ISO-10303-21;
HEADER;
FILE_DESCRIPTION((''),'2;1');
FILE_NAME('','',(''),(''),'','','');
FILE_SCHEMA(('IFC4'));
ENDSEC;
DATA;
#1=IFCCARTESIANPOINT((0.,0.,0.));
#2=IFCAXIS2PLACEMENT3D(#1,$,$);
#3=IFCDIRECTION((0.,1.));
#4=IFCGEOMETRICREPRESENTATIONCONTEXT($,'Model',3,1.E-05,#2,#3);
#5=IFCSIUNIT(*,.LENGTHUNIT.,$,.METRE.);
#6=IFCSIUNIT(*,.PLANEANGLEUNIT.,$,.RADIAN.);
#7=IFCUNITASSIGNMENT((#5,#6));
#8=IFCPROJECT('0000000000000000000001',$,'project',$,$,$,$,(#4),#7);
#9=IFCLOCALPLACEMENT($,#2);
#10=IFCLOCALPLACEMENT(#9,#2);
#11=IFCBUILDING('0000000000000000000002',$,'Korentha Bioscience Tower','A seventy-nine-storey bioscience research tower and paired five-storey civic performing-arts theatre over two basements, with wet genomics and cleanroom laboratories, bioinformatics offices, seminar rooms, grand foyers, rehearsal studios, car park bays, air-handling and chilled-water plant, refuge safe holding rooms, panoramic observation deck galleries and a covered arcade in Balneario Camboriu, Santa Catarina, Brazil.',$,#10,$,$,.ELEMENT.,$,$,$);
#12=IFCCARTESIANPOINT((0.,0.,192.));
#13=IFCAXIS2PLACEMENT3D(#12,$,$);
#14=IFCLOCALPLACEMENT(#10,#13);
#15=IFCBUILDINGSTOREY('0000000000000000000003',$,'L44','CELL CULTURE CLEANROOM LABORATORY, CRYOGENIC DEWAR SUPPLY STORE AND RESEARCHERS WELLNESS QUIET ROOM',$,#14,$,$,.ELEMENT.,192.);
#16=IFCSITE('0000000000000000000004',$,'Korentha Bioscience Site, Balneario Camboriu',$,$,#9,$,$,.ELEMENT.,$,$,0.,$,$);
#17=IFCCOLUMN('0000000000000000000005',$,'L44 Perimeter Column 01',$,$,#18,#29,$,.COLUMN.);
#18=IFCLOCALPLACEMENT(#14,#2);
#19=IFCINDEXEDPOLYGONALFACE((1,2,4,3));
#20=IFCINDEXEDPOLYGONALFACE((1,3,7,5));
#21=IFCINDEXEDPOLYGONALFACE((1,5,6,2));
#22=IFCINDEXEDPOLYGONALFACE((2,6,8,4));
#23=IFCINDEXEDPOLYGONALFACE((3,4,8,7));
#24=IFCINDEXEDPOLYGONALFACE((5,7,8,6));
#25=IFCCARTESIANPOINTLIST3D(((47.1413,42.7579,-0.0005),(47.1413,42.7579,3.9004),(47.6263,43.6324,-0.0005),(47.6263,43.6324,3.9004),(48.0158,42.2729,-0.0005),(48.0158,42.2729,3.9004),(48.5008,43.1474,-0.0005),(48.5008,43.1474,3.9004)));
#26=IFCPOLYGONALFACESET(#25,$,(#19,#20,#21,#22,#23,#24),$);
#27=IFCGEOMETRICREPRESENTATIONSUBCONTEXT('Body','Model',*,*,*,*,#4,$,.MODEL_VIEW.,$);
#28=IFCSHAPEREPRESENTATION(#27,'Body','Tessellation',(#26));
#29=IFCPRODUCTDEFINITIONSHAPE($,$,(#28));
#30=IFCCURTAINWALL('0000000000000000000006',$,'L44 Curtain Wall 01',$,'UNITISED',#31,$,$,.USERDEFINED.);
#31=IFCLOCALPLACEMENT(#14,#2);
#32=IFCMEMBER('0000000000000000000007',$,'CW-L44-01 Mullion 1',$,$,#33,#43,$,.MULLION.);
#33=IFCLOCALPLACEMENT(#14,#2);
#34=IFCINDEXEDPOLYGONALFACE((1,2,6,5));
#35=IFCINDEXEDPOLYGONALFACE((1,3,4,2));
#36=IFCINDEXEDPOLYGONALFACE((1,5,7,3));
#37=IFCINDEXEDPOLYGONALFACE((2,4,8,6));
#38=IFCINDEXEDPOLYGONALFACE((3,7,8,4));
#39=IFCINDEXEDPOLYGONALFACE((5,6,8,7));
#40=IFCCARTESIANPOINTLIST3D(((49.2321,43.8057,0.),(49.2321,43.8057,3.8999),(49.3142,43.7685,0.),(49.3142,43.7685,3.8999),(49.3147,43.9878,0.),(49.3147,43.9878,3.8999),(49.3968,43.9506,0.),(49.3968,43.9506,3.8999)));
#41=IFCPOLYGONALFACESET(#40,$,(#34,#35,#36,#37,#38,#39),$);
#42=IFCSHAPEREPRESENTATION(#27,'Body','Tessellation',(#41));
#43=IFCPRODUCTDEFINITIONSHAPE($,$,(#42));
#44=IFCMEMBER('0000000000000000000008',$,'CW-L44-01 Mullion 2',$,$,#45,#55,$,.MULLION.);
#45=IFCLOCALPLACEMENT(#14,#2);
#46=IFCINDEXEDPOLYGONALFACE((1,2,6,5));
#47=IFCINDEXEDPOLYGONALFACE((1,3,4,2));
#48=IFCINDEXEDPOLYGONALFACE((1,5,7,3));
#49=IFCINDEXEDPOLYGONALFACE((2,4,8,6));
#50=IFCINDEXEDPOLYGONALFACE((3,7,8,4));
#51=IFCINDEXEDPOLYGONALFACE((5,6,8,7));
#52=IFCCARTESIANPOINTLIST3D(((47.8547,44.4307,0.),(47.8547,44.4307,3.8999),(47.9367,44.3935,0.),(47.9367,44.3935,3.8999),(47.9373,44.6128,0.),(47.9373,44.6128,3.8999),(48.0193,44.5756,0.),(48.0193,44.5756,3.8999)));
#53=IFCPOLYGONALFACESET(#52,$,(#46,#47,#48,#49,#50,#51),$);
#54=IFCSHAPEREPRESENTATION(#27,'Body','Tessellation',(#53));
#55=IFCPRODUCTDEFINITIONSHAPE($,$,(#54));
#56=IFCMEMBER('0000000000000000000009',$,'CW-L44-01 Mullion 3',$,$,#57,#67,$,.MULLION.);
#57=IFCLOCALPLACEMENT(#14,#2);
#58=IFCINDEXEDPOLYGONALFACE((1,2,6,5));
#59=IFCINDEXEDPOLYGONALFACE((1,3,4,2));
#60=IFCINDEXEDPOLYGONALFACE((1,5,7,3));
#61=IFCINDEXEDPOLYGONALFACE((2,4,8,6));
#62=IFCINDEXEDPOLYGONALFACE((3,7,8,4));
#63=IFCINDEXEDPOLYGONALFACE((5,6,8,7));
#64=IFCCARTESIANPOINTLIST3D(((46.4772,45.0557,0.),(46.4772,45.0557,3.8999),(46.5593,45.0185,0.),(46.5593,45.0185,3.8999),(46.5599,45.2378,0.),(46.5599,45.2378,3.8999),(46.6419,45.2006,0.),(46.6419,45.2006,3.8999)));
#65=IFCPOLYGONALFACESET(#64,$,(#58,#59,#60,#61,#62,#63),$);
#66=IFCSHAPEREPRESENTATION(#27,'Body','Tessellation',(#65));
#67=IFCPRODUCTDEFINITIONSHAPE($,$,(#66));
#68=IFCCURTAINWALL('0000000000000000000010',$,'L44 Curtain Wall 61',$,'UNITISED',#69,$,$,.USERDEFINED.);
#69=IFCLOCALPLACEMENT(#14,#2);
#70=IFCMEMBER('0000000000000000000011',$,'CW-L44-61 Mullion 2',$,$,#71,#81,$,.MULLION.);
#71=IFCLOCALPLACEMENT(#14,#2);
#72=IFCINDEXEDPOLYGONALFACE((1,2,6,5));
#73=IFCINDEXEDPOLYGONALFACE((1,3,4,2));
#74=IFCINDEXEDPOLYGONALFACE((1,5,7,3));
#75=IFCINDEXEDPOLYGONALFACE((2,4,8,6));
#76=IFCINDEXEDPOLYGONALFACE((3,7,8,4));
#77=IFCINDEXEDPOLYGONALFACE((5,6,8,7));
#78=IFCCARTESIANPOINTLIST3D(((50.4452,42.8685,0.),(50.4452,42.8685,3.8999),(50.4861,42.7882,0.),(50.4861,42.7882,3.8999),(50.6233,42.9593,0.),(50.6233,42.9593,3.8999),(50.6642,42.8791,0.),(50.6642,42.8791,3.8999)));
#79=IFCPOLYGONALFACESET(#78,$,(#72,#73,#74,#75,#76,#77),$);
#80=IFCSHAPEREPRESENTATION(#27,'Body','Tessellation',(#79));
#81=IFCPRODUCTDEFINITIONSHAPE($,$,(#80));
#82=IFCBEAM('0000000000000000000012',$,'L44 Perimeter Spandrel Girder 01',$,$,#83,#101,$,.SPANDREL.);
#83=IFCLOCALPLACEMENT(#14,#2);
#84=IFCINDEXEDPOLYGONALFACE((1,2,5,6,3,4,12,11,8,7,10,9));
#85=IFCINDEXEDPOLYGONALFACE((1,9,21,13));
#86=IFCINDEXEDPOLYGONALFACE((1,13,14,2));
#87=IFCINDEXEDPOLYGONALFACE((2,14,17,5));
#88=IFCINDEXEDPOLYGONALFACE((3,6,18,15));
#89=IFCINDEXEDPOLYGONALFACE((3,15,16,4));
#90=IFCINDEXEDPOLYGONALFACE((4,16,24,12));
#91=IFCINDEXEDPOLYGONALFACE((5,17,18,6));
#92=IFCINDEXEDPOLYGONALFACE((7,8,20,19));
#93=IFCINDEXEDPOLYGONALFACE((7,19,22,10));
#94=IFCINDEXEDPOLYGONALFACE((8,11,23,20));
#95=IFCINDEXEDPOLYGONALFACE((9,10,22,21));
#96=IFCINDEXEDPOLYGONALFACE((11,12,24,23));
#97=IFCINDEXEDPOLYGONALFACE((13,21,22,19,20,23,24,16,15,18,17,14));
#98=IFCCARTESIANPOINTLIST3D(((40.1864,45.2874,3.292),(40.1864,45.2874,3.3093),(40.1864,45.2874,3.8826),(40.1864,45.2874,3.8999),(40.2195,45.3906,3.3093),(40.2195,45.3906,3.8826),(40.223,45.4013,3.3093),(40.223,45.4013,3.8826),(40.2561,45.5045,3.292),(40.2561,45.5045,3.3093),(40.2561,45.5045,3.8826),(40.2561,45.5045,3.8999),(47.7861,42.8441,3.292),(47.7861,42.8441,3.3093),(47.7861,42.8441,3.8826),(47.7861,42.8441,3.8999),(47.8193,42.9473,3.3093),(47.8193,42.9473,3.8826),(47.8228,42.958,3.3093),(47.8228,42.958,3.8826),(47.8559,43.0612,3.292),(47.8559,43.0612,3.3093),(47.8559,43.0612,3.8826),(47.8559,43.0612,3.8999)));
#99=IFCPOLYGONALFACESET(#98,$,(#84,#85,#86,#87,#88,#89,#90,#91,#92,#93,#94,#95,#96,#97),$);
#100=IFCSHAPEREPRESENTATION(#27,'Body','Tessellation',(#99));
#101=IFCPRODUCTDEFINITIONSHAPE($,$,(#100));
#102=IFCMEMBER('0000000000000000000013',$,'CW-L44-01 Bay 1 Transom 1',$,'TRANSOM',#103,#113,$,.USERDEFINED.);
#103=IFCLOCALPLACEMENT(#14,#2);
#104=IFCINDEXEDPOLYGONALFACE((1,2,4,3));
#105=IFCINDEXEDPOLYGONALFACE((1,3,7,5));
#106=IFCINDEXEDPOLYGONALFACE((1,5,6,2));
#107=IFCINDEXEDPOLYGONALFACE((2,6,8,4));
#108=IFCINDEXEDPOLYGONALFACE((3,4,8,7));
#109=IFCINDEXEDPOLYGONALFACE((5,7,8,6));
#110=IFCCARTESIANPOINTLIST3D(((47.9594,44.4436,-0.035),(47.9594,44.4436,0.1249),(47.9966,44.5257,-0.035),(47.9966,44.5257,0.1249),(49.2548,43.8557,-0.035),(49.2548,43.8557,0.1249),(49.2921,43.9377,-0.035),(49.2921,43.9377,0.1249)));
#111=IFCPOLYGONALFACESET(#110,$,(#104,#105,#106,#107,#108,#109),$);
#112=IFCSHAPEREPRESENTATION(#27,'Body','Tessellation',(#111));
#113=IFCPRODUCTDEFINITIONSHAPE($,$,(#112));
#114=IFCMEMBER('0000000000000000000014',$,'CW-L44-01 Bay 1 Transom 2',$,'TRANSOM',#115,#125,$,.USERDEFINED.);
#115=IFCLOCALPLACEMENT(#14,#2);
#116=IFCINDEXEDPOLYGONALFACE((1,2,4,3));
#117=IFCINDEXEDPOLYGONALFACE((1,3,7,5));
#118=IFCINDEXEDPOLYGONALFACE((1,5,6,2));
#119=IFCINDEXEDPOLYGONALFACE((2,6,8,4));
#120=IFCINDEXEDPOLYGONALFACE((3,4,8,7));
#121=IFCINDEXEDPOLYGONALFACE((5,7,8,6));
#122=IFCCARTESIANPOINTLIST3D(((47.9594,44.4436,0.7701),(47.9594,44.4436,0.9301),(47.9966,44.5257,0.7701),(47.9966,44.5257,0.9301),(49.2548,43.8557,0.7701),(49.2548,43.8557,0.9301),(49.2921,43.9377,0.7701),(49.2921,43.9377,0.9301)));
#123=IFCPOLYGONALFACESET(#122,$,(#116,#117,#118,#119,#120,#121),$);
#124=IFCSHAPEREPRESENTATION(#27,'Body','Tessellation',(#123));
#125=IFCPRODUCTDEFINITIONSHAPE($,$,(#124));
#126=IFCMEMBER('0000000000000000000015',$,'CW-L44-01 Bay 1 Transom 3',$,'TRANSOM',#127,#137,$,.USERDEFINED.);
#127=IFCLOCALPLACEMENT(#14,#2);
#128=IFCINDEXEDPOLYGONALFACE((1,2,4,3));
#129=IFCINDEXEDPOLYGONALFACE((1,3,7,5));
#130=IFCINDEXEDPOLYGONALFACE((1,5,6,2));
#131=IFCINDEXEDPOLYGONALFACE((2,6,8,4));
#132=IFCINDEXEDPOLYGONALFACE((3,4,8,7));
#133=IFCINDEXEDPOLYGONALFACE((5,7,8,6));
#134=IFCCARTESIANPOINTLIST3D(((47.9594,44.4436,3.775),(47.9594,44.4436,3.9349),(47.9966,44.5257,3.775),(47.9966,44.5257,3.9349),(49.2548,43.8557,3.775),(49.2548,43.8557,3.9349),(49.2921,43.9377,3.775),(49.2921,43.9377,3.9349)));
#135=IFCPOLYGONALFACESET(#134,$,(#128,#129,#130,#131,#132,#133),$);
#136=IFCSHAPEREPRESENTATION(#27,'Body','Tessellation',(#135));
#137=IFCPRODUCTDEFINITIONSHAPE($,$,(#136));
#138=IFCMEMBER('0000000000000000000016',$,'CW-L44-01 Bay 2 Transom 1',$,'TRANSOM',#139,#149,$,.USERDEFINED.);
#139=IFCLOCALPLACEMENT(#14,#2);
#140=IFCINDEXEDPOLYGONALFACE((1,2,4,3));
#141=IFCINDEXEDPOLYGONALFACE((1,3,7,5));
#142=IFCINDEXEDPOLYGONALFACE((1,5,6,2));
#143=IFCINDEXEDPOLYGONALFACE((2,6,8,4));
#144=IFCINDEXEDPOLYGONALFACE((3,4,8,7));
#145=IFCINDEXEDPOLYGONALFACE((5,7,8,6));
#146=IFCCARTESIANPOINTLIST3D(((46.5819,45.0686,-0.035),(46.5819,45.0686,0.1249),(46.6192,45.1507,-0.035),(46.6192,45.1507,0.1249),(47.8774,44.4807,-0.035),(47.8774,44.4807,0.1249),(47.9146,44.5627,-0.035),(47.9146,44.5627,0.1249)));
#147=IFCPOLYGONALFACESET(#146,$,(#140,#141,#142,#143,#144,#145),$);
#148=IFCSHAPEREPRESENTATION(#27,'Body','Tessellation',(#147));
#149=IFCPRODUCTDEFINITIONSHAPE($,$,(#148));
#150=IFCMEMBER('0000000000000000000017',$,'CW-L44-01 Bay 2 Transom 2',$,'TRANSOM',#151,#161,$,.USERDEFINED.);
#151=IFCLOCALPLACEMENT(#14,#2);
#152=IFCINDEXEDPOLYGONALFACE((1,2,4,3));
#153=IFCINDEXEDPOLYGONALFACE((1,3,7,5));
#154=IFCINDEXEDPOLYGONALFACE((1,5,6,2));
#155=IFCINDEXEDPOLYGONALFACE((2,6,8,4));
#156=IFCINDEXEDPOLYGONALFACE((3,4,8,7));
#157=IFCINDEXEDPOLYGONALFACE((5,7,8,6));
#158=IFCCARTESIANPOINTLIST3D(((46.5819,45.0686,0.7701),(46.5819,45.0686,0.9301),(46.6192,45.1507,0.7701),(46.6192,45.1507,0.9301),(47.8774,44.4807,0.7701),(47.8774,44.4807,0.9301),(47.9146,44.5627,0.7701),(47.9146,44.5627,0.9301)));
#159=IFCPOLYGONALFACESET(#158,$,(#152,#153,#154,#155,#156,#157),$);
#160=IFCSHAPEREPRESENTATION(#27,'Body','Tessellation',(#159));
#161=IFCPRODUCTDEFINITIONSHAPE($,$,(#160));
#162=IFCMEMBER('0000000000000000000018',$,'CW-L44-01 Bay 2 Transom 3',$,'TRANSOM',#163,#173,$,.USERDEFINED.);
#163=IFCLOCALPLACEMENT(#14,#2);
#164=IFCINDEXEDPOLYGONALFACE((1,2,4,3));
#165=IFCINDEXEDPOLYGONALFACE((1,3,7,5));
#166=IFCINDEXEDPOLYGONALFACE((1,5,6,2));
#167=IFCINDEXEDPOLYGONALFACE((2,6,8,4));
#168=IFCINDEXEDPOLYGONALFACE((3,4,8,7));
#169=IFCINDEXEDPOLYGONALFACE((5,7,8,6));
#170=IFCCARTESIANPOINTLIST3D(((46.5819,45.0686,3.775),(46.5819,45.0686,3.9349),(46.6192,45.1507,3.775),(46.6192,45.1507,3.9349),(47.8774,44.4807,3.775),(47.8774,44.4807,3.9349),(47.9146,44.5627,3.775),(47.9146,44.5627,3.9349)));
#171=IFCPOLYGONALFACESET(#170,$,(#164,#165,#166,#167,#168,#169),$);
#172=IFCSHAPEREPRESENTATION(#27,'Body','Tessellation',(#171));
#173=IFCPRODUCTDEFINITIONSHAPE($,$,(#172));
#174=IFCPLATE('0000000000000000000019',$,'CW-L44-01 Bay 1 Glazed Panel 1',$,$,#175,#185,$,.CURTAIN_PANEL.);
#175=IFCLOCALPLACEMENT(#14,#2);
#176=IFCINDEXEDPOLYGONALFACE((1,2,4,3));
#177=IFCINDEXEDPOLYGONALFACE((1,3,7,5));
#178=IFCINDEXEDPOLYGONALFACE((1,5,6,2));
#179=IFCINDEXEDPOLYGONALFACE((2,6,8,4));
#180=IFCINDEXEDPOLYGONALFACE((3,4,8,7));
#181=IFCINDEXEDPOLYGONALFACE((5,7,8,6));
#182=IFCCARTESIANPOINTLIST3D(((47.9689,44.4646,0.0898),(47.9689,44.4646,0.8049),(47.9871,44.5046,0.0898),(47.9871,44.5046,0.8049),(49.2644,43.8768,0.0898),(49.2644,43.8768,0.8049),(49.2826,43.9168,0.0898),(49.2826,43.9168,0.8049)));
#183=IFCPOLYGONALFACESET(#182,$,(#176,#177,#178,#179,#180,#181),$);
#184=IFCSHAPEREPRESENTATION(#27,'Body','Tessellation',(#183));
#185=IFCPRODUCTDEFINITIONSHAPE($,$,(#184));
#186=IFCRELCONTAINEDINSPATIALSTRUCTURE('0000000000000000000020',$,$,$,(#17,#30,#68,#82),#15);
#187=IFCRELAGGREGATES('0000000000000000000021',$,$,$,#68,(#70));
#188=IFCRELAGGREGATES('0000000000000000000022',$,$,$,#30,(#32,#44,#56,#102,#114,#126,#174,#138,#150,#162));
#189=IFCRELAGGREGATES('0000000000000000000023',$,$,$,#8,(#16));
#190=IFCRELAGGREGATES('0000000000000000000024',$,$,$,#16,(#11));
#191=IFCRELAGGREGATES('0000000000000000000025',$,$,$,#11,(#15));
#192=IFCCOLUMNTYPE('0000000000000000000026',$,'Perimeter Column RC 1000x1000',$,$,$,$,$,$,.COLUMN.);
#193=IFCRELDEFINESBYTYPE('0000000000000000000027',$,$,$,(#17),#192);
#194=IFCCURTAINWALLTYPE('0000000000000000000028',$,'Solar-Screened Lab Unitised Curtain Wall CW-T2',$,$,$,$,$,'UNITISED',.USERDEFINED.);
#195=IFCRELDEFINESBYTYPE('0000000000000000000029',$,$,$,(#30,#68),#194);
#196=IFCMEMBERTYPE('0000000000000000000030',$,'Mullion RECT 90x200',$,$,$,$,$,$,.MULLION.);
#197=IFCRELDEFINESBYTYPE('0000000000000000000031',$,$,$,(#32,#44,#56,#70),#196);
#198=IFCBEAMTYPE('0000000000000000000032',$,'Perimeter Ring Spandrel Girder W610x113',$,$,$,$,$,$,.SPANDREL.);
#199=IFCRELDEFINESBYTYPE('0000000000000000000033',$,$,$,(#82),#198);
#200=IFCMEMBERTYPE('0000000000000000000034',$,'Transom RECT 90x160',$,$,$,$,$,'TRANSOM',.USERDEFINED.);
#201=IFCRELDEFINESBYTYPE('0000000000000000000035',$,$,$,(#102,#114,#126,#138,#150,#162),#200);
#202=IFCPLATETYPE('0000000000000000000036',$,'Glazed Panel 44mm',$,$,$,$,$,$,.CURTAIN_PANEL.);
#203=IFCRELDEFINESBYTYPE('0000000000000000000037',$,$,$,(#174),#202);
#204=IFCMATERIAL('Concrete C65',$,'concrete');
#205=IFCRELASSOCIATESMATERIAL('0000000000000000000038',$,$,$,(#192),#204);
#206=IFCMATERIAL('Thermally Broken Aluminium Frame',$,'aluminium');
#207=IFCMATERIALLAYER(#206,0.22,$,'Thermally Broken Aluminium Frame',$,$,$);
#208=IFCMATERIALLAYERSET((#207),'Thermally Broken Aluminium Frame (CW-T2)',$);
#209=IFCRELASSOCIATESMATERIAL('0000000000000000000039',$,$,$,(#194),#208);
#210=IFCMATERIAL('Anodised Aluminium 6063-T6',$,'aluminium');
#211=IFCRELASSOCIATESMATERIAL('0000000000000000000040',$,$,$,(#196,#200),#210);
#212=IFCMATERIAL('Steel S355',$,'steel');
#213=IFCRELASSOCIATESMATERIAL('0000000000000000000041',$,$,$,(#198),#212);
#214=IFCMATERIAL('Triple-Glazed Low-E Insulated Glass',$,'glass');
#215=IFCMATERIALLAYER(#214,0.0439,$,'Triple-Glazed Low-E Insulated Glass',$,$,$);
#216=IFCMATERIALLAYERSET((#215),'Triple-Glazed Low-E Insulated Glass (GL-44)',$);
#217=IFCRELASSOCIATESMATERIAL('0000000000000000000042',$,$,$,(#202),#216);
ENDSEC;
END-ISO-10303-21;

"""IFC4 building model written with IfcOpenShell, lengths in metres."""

from ifc_helpers import new_model, si_unit, direction, frame, origin, origin_2d, place, context, subcontext, project, spatial, rectangle, i_section, extrude, material, layer, layer_set, material_profile, profile_set, type_object, element, aggregate, save


model = new_model("IFC4")

# Units and contexts
model_context = context("Model", 3, precision=1e-05, world=origin(), true_north=direction((0.0, 1.0)))
body_context = subcontext(model_context, "Body", "Model", "MODEL_VIEW")
ifc_project = project(units=[si_unit("LENGTHUNIT", "METRE"), si_unit("PLANEANGLEUNIT", "RADIAN")], contexts=[model_context])

# Site, building, storey
site_placement = place(None, origin())
site = spatial("IfcSite", under=ifc_project, at=site_placement, Name="Korentha Bioscience Site, Balneario Camboriu", CompositionType="ELEMENT", RefElevation=0.0)
building_placement = place(site_placement, origin())
building = spatial("IfcBuilding", under=site, at=building_placement, Name="Korentha Bioscience Tower", Description="A seventy-nine-storey bioscience research tower and paired five-storey civic performing-arts theatre over two basements, with wet genomics and cleanroom laboratories, bioinformatics offices, seminar rooms, grand foyers, rehearsal studios, car park bays, air-handling and chilled-water plant, refuge safe holding rooms, panoramic observation deck galleries and a covered arcade in Balneario Camboriu, Santa Catarina, Brazil.", CompositionType="ELEMENT")
storey_placement = place(building_placement, frame((0.0, 0.0, 192.0)))
storey = spatial("IfcBuildingStorey", under=building, at=storey_placement, Name="L44", Description="CELL CULTURE CLEANROOM LABORATORY, CRYOGENIC DEWAR SUPPLY STORE AND RESEARCHERS WELLNESS QUIET ROOM", CompositionType="ELEMENT", Elevation=192.0)

# Column
ifc_material_1 = material(Name="Concrete C65", Category="concrete")
ifc_material_profile_1 = material_profile(ifc_material_1, rectangle(XDim=1.0, YDim=1.0, at=origin_2d()), Name="Concrete C65")
ifc_profile_set_1 = profile_set([ifc_material_profile_1], Name="Concrete C65 (COL-P10)")
column_type = type_object("IfcColumnType", Name="Perimeter Column RC 1000x1000", PredefinedType="COLUMN", material=ifc_profile_set_1)
column_placement = place(storey_placement, frame((47.821, 42.9526, -0.0005), z_axis=(0.0, 0.0, 1.0), x_axis=(-0.874535, 0.484962, 0.0)))
element("IfcColumn", 1, at=column_placement, inside=storey, type_object=column_type, Name="L44 Perimeter Column 01", PredefinedType="COLUMN", context=body_context, shape_type="SweptSolid", body=[
    extrude(rectangle(XDim=1.0, YDim=1.0, at=origin_2d()), origin(), (0.0, 0.0, 1.0), 3.9009),
])

# Curtain wall, members
ifc_material_2 = material(Name="Thermally Broken Aluminium Frame", Category="aluminium")
ifc_layer_1 = layer(ifc_material_2, 0.22, Name="Thermally Broken Aluminium Frame")
ifc_layer_set_1 = layer_set([ifc_layer_1], Name="Thermally Broken Aluminium Frame (CW-T2)")
curtain_wall_type = type_object("IfcCurtainWallType", Name="Solar-Screened Lab Unitised Curtain Wall CW-T2", ElementType="UNITISED", PredefinedType="USERDEFINED", material=ifc_layer_set_1)
curtain_wall_1_placement = place(storey_placement, origin())
curtain_wall_1 = element("IfcCurtainWall", 2, at=curtain_wall_1_placement, inside=storey, type_object=curtain_wall_type, Name="L44 Curtain Wall 01", ObjectType="UNITISED", PredefinedType="USERDEFINED")
ifc_material_3 = material(Name="Anodised Aluminium 6063-T6", Category="aluminium")
ifc_material_profile_2 = material_profile(ifc_material_3, rectangle(XDim=0.0901, YDim=0.2, at=origin_2d()), Name="Anodised Aluminium 6063-T6")
ifc_profile_set_2 = profile_set([ifc_material_profile_2], Name="Anodised Aluminium 6063-T6 (CW-MUL)")
member_type_1 = type_object("IfcMemberType", Name="Mullion RECT 90x200", PredefinedType="MULLION", material=ifc_profile_set_2)
member_1_placement = place(storey_placement, frame((49.3145, 43.8782, 0.0), z_axis=(0.0, 0.0, 1.0), x_axis=(-0.910644, 0.413191, 0.0)))
member_1 = element("IfcMember", 3, at=member_1_placement, type_object=member_type_1, Name="CW-L44-01 Mullion 1", PredefinedType="MULLION", context=body_context, shape_type="SweptSolid", body=[
    extrude(rectangle(XDim=0.0901, YDim=0.2, at=origin_2d()), origin(), (0.0, 0.0, 1.0), 3.8999),
])
member_2_placement = place(storey_placement, frame((47.937, 44.5032, 0.0), z_axis=(0.0, 0.0, 1.0), x_axis=(-0.910644, 0.413191, 0.0)))
member_2 = element("IfcMember", 4, at=member_2_placement, type_object=member_type_1, Name="CW-L44-01 Mullion 2", PredefinedType="MULLION", context=body_context, shape_type="SweptSolid", body=[
    extrude(rectangle(XDim=0.0901, YDim=0.2, at=origin_2d()), origin(), (0.0, 0.0, 1.0), 3.8999),
])
member_3_placement = place(storey_placement, frame((46.5596, 45.1282, 0.0), z_axis=(0.0, 0.0, 1.0), x_axis=(-0.910644, 0.413191, 0.0)))
member_3 = element("IfcMember", 5, at=member_3_placement, type_object=member_type_1, Name="CW-L44-01 Mullion 3", PredefinedType="MULLION", context=body_context, shape_type="SweptSolid", body=[
    extrude(rectangle(XDim=0.0901, YDim=0.2, at=origin_2d()), origin(), (0.0, 0.0, 1.0), 3.8999),
])

# Curtain wall, member
curtain_wall_2_placement = place(storey_placement, origin())
curtain_wall_2 = element("IfcCurtainWall", 6, at=curtain_wall_2_placement, inside=storey, type_object=curtain_wall_type, Name="L44 Curtain Wall 61", ObjectType="UNITISED", PredefinedType="USERDEFINED")
member_4_placement = place(storey_placement, frame((50.5547, 42.8738, 0.0), z_axis=(0.0, 0.0, 1.0), x_axis=(-0.454288, 0.890855, 0.0)))
member_4 = element("IfcMember", 7, at=member_4_placement, type_object=member_type_1, Name="CW-L44-61 Mullion 2", PredefinedType="MULLION", context=body_context, shape_type="SweptSolid", body=[
    extrude(rectangle(XDim=0.0901, YDim=0.2, at=origin_2d()), origin(), (0.0, 0.0, 1.0), 3.8999),
])
aggregate(curtain_wall_2, [member_4])

# Beam
ifc_material_4 = material(Name="Steel S355", Category="steel")
ifc_material_profile_3 = material_profile(ifc_material_4, i_section(OverallWidth=0.228, OverallDepth=0.6079, WebThickness=0.0112, FlangeThickness=0.0173, at=origin_2d()), Name="Steel S355")
ifc_profile_set_3 = profile_set([ifc_material_profile_3], Name="Steel S355 (SB-610)")
beam_type = type_object("IfcBeamType", Name="Perimeter Ring Spandrel Girder W610x113", PredefinedType="SPANDREL", material=ifc_profile_set_3)
beam_placement = place(storey_placement, frame((47.821, 42.9526, 3.5959), z_axis=(-0.952009, 0.306072, 0.0), x_axis=(-0.306072, -0.952009, 0.0)))
element("IfcBeam", 8, at=beam_placement, inside=storey, type_object=beam_type, Name="L44 Perimeter Spandrel Girder 01", PredefinedType="SPANDREL", context=body_context, shape_type="SweptSolid", body=[
    extrude(i_section(OverallWidth=0.228, OverallDepth=0.6079, WebThickness=0.0112, FlangeThickness=0.0173, at=origin_2d()), origin(), (0.0, 0.0, 1.0), 7.9829),
])

# Members
ifc_material_profile_4 = material_profile(ifc_material_3, rectangle(XDim=0.0901, YDim=0.1599, at=origin_2d()), Name="Anodised Aluminium 6063-T6")
ifc_profile_set_4 = profile_set([ifc_material_profile_4], Name="Anodised Aluminium 6063-T6 (CW-TRN)")
member_type_2 = type_object("IfcMemberType", Name="Transom RECT 90x160", ElementType="TRANSOM", PredefinedType="USERDEFINED", material=ifc_profile_set_4)
member_5_placement = place(storey_placement, frame((49.2734, 43.8967, 0.0449), z_axis=(-0.910613, 0.41326, 0.0), x_axis=(-0.41326, -0.910613, 0.0)))
member_5 = element("IfcMember", 9, at=member_5_placement, type_object=member_type_2, Name="CW-L44-01 Bay 1 Transom 1", ObjectType="TRANSOM", PredefinedType="USERDEFINED", context=body_context, shape_type="SweptSolid", body=[
    extrude(rectangle(XDim=0.0901, YDim=0.1599, at=origin_2d()), origin(), (0.0, 0.0, 1.0), 1.4226),
])
member_6_placement = place(storey_placement, frame((49.2734, 43.8967, 0.8501), z_axis=(-0.910613, 0.41326, 0.0), x_axis=(-0.41326, -0.910613, 0.0)))
member_6 = element("IfcMember", 10, at=member_6_placement, type_object=member_type_2, Name="CW-L44-01 Bay 1 Transom 2", ObjectType="TRANSOM", PredefinedType="USERDEFINED", context=body_context, shape_type="SweptSolid", body=[
    extrude(rectangle(XDim=0.0901, YDim=0.1599, at=origin_2d()), origin(), (0.0, 0.0, 1.0), 1.4226),
])
member_7_placement = place(storey_placement, frame((49.2734, 43.8967, 3.855), z_axis=(-0.910613, 0.41326, 0.0), x_axis=(-0.41326, -0.910613, 0.0)))
member_7 = element("IfcMember", 11, at=member_7_placement, type_object=member_type_2, Name="CW-L44-01 Bay 1 Transom 3", ObjectType="TRANSOM", PredefinedType="USERDEFINED", context=body_context, shape_type="SweptSolid", body=[
    extrude(rectangle(XDim=0.0901, YDim=0.1599, at=origin_2d()), origin(), (0.0, 0.0, 1.0), 1.4226),
])
member_8_placement = place(storey_placement, frame((47.896, 44.5217, 0.0449), z_axis=(-0.910613, 0.41326, 0.0), x_axis=(-0.41326, -0.910613, 0.0)))
member_8 = element("IfcMember", 12, at=member_8_placement, type_object=member_type_2, Name="CW-L44-01 Bay 2 Transom 1", ObjectType="TRANSOM", PredefinedType="USERDEFINED", context=body_context, shape_type="SweptSolid", body=[
    extrude(rectangle(XDim=0.0901, YDim=0.1599, at=origin_2d()), origin(), (0.0, 0.0, 1.0), 1.4226),
])
member_9_placement = place(storey_placement, frame((47.896, 44.5217, 0.8501), z_axis=(-0.910613, 0.41326, 0.0), x_axis=(-0.41326, -0.910613, 0.0)))
member_9 = element("IfcMember", 13, at=member_9_placement, type_object=member_type_2, Name="CW-L44-01 Bay 2 Transom 2", ObjectType="TRANSOM", PredefinedType="USERDEFINED", context=body_context, shape_type="SweptSolid", body=[
    extrude(rectangle(XDim=0.0901, YDim=0.1599, at=origin_2d()), origin(), (0.0, 0.0, 1.0), 1.4226),
])
member_10_placement = place(storey_placement, frame((47.896, 44.5217, 3.855), z_axis=(-0.910613, 0.41326, 0.0), x_axis=(-0.41326, -0.910613, 0.0)))
member_10 = element("IfcMember", 14, at=member_10_placement, type_object=member_type_2, Name="CW-L44-01 Bay 2 Transom 3", ObjectType="TRANSOM", PredefinedType="USERDEFINED", context=body_context, shape_type="SweptSolid", body=[
    extrude(rectangle(XDim=0.0901, YDim=0.1599, at=origin_2d()), origin(), (0.0, 0.0, 1.0), 1.4226),
])

# Plate
ifc_material_5 = material(Name="Triple-Glazed Low-E Insulated Glass", Category="glass")
ifc_layer_2 = layer(ifc_material_5, 0.0439, Name="Triple-Glazed Low-E Insulated Glass")
ifc_layer_set_2 = layer_set([ifc_layer_2], Name="Triple-Glazed Low-E Insulated Glass (GL-44)")
plate_type = type_object("IfcPlateType", Name="Glazed Panel 44mm", PredefinedType="CURTAIN_PANEL", material=ifc_layer_set_2)
plate_1_placement = place(storey_placement, frame((48.6257, 44.1907, 0.0898), z_axis=(0.0, 0.0, 1.0), x_axis=(-0.910644, 0.413191, 0.0)))
plate_1 = element("IfcPlate", 15, at=plate_1_placement, type_object=plate_type, Name="CW-L44-01 Bay 1 Glazed Panel 1", PredefinedType="CURTAIN_PANEL", context=body_context, shape_type="SweptSolid", body=[
    extrude(rectangle(XDim=1.4226, YDim=0.0439, at=origin_2d()), origin(), (0.0, 0.0, 1.0), 0.7151),
])
aggregate(curtain_wall_1, [member_1, member_2, member_3, member_5, member_6, member_7, plate_1, member_8, member_9, member_10])

save(model, "model.ifc")
